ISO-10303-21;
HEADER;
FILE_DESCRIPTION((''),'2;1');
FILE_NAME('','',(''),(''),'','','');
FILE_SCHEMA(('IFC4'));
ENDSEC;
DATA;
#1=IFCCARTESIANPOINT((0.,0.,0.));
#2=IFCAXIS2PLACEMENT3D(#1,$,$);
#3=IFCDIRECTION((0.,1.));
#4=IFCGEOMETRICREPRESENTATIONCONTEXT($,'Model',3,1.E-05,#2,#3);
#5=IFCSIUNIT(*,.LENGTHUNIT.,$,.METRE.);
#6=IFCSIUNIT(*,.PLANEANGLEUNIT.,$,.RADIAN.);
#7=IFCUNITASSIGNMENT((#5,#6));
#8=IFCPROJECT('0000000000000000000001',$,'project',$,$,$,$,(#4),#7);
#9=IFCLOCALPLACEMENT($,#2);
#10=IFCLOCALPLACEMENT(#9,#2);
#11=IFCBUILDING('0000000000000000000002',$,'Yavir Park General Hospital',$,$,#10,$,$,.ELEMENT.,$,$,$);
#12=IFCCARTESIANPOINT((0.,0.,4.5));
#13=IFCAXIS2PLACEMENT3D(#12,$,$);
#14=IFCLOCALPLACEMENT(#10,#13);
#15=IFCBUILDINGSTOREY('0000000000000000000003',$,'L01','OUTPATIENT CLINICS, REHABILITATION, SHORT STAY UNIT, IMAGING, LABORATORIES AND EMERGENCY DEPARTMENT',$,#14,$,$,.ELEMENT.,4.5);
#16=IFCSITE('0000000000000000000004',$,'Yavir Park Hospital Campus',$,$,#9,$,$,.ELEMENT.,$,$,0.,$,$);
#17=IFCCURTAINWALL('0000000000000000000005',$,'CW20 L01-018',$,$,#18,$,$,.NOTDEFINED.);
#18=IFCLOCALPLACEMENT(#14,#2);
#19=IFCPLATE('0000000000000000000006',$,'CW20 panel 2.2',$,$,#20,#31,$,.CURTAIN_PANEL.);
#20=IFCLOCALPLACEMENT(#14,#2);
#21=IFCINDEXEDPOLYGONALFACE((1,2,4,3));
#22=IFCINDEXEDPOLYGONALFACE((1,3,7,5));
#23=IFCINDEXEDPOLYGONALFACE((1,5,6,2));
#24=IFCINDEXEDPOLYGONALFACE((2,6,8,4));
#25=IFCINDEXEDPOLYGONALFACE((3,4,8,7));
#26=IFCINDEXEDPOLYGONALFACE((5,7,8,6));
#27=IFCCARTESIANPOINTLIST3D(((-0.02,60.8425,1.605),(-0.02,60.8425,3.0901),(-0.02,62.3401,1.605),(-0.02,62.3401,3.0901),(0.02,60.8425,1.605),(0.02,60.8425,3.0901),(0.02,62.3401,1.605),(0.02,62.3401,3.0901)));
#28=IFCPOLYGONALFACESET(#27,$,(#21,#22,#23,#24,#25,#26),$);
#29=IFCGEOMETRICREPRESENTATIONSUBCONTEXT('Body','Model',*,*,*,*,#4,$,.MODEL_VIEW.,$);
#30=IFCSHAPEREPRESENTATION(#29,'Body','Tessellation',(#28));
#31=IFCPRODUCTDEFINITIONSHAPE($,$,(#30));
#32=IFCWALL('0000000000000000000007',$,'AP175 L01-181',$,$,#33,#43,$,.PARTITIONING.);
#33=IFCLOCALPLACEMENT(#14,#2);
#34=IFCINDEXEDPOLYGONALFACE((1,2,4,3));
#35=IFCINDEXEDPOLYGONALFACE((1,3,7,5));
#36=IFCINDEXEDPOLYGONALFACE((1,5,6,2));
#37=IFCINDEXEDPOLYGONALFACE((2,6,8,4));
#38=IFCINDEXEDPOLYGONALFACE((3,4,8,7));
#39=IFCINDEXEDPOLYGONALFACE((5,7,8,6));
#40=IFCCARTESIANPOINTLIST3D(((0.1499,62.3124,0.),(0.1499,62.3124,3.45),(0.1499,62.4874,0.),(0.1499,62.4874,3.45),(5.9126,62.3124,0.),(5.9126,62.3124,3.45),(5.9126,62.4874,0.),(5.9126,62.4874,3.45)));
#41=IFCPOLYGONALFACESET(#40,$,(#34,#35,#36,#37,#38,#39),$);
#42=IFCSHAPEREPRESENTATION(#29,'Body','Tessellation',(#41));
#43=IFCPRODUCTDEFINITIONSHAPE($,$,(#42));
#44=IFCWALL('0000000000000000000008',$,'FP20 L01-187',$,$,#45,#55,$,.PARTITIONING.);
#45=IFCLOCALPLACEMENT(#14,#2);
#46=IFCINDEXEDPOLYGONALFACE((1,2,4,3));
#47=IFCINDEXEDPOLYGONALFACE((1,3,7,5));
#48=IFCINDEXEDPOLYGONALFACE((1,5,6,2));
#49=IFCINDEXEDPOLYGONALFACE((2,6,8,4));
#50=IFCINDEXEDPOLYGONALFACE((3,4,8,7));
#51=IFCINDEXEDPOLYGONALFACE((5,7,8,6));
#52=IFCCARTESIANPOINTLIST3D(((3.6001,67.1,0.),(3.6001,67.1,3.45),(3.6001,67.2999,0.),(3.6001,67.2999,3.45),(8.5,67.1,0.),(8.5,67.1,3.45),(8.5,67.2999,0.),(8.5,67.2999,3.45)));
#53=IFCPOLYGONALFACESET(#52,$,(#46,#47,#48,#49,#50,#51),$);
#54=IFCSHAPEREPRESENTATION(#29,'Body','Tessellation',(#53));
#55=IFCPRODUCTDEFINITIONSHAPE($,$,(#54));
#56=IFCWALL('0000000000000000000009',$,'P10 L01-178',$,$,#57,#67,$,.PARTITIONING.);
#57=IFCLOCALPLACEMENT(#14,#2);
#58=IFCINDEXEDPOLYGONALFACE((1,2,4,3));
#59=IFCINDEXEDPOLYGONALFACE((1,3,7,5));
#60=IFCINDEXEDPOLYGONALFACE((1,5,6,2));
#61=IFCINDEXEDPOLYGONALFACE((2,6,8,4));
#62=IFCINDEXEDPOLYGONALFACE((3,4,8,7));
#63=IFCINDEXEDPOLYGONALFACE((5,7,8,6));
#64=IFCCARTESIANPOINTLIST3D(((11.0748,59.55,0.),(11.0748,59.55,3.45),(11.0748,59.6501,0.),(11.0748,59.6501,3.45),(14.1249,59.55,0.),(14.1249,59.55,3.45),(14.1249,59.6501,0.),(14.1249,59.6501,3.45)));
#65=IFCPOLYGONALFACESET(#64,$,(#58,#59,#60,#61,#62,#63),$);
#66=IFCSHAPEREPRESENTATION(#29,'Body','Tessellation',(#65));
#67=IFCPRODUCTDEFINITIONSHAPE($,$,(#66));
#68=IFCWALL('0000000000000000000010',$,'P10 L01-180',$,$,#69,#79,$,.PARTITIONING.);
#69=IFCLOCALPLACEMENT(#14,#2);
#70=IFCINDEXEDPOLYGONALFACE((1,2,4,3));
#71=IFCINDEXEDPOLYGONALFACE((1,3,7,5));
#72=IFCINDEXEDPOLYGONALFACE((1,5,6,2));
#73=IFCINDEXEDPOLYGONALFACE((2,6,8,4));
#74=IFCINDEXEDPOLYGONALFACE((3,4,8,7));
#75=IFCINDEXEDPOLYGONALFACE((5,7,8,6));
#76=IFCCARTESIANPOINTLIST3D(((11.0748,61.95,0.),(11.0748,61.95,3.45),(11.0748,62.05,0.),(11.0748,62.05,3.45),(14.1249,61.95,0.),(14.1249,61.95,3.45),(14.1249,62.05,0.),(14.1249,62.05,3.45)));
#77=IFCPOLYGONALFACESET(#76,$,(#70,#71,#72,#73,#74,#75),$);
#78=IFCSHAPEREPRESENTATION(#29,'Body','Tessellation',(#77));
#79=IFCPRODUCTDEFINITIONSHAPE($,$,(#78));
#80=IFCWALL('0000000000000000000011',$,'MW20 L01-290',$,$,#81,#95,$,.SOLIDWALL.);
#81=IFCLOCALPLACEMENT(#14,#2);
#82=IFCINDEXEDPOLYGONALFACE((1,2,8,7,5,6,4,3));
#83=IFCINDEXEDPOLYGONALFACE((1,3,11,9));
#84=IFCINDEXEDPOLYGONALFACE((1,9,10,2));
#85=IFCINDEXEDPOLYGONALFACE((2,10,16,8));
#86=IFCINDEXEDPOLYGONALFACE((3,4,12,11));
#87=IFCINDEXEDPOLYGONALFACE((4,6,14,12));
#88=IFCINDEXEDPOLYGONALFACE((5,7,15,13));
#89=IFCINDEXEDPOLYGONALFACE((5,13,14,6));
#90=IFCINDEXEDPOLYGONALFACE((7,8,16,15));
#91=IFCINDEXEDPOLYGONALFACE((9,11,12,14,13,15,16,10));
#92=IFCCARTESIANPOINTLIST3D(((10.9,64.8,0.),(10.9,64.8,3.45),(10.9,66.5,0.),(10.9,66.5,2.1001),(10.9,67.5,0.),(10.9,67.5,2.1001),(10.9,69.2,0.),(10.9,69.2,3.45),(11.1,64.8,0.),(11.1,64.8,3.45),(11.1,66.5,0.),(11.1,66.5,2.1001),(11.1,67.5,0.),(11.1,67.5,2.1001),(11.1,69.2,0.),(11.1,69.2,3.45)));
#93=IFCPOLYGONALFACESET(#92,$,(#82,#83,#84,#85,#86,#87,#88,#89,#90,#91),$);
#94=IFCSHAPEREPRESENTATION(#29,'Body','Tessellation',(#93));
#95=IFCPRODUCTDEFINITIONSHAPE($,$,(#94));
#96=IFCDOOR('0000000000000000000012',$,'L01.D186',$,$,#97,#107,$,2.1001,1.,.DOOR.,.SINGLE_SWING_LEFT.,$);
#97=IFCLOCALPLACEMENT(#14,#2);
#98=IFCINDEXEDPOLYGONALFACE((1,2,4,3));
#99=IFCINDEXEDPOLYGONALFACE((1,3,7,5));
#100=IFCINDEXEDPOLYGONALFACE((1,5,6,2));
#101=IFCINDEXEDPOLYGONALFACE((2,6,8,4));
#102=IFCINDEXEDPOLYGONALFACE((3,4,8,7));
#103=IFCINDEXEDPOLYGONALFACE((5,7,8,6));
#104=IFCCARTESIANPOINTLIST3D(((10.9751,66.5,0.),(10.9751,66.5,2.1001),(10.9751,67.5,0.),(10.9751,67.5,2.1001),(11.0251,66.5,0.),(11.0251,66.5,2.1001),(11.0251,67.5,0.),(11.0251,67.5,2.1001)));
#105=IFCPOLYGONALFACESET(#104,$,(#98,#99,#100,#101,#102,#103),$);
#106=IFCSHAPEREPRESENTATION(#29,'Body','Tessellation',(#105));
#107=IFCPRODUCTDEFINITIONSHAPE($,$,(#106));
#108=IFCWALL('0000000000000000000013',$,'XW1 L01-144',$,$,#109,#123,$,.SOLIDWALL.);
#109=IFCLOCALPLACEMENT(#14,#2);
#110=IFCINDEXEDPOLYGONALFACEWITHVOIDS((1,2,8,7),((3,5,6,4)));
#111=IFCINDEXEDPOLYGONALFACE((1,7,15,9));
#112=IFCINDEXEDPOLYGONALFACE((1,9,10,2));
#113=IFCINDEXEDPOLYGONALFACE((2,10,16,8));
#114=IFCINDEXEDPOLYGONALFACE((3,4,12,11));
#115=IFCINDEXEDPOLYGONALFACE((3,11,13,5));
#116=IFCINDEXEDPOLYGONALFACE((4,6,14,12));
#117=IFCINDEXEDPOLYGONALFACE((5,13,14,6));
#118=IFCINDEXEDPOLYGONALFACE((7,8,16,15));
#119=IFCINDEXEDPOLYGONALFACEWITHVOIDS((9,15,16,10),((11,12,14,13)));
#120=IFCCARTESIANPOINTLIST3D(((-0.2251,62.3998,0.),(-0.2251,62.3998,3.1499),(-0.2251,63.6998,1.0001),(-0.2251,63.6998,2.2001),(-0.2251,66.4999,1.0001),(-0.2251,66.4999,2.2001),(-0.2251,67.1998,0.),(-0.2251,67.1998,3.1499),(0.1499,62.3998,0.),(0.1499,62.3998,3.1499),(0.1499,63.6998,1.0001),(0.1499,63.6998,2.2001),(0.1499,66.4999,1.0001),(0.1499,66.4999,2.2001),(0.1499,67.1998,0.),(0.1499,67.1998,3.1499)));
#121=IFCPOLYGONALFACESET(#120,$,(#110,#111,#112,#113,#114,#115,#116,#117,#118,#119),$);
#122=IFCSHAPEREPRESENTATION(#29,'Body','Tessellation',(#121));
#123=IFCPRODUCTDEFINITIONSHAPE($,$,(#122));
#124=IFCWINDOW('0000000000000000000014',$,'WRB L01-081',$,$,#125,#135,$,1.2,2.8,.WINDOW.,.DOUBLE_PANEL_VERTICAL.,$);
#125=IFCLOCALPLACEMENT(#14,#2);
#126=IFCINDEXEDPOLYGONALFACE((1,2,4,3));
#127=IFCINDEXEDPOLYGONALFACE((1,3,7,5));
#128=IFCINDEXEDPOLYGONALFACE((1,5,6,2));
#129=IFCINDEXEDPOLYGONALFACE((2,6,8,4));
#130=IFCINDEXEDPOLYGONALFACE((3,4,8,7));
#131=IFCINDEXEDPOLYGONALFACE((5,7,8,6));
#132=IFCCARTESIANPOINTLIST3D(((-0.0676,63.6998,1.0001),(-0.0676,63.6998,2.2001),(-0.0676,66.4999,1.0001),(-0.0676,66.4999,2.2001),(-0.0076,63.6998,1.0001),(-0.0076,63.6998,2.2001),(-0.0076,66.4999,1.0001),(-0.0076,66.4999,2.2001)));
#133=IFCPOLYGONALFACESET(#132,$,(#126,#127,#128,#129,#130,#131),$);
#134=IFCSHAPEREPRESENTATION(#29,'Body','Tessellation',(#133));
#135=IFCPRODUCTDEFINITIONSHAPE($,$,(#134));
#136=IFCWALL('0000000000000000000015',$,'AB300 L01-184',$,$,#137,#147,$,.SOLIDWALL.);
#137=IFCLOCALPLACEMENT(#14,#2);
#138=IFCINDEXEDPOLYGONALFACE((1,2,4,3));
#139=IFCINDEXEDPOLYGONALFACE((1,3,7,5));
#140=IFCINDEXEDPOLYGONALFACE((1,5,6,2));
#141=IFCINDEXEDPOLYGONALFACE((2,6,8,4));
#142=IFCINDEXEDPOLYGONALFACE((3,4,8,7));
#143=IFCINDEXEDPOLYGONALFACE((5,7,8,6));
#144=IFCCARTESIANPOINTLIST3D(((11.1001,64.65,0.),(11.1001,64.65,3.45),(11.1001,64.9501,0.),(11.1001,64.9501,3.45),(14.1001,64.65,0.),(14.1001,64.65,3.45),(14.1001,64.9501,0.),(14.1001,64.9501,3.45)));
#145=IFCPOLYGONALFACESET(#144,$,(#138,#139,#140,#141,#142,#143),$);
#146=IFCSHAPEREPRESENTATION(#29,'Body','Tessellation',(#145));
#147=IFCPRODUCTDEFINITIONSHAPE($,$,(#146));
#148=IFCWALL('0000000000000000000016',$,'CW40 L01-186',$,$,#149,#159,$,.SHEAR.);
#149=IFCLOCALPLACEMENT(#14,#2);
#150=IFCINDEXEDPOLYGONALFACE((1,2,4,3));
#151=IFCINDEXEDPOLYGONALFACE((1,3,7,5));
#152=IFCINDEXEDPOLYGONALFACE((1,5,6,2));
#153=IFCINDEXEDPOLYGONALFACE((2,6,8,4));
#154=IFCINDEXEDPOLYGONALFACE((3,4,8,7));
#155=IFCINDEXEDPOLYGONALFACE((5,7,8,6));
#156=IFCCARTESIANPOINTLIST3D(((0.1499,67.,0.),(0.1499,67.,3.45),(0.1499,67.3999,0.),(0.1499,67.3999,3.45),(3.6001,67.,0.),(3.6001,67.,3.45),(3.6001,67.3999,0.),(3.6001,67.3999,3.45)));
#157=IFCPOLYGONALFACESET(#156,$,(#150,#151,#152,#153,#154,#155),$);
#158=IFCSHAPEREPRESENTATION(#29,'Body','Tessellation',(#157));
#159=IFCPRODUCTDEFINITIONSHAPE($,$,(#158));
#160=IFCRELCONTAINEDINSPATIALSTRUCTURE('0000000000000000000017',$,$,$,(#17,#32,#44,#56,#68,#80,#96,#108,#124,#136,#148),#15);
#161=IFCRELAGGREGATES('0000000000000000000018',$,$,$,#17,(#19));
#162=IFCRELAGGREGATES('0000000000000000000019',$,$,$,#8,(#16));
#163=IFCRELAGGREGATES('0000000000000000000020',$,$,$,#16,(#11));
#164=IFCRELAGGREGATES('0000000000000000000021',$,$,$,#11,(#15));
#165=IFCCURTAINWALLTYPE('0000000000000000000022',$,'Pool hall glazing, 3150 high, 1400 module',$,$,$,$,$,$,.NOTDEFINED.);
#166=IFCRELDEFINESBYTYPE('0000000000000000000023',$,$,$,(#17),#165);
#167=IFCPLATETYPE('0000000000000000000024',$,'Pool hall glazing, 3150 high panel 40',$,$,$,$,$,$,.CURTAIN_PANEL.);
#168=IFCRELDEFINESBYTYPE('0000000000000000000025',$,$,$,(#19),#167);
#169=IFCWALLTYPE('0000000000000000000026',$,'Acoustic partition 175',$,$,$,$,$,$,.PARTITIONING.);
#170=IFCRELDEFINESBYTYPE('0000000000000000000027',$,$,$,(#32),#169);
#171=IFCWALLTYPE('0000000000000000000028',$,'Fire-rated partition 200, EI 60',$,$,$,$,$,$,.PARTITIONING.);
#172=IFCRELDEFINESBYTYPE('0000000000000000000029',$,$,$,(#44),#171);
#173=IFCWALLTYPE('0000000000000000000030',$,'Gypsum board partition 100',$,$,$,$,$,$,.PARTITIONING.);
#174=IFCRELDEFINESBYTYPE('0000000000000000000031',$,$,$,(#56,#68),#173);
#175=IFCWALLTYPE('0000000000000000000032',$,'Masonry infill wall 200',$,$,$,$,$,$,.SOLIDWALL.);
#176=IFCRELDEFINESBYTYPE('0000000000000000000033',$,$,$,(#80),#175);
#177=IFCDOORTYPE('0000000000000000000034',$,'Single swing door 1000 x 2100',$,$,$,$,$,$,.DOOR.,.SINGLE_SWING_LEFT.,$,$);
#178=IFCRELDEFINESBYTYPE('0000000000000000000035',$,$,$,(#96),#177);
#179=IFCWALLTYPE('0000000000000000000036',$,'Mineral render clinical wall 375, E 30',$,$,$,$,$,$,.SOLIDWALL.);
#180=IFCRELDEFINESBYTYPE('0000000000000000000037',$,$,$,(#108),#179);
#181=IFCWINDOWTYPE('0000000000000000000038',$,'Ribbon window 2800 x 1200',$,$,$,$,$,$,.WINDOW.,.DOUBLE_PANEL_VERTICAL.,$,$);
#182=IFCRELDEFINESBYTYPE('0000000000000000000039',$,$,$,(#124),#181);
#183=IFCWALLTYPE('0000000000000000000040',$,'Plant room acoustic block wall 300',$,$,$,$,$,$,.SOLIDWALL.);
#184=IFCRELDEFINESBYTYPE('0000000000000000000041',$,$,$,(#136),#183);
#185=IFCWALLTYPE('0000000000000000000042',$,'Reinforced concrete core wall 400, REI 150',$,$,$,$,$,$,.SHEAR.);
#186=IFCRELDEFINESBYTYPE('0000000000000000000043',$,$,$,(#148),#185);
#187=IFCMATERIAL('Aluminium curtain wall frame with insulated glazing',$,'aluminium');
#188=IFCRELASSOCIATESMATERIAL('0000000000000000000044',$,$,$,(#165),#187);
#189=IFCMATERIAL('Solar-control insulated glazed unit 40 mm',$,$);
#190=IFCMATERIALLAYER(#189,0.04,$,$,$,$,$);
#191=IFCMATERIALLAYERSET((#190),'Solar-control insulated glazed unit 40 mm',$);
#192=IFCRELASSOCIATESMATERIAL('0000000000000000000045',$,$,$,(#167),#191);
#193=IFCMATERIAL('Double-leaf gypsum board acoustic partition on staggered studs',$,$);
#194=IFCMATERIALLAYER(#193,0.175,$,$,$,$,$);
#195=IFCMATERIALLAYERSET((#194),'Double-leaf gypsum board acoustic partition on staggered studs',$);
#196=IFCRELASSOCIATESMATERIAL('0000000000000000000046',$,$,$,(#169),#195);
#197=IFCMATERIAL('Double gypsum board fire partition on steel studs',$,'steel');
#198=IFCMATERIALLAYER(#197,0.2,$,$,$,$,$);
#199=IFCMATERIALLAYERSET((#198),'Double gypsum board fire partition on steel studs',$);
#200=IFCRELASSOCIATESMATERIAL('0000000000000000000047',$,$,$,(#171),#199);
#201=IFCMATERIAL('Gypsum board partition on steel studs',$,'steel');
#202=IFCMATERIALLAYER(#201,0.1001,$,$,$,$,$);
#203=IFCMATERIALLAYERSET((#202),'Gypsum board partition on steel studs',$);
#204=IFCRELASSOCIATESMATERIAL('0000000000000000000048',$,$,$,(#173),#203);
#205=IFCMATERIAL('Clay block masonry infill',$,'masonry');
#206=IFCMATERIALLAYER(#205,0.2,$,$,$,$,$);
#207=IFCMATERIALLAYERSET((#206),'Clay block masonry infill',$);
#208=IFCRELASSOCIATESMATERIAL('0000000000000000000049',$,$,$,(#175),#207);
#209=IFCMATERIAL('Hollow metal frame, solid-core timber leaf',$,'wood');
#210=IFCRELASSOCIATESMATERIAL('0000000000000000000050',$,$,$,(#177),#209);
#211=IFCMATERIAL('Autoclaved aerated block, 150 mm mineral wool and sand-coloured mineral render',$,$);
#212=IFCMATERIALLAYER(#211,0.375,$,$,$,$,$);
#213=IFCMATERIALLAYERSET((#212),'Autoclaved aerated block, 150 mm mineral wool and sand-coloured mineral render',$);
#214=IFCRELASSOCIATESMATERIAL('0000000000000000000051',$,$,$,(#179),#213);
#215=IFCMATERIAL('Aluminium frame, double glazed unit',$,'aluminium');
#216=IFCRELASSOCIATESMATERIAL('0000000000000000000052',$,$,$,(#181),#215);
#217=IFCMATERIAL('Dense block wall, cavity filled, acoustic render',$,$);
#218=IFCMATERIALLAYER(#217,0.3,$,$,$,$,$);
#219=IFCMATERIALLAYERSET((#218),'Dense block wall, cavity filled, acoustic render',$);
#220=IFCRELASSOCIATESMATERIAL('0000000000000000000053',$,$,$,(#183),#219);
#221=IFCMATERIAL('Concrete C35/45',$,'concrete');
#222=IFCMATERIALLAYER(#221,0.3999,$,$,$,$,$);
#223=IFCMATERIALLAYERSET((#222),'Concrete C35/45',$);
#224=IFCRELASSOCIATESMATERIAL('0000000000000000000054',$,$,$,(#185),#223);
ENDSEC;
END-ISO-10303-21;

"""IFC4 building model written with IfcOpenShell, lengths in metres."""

from ifc_helpers import new_model, si_unit, direction, frame, frame_2d, origin, origin_2d, place, context, subcontext, project, spatial, rectangle, extrude, material, layer, layer_set, type_object, element, fill, aggregate, save


model = new_model("IFC4")

# Units and contexts
model_context = context("Model", 3, precision=1e-05, world=origin(), true_north=direction((0.0, 1.0)))
body_context = subcontext(model_context, "Body", "Model", "MODEL_VIEW")
ifc_project = project(units=[si_unit("LENGTHUNIT", "METRE"), si_unit("PLANEANGLEUNIT", "RADIAN")], contexts=[model_context])

# Site, building, storey
site_placement = place(None, origin())
site = spatial("IfcSite", under=ifc_project, at=site_placement, Name="Yavir Park Hospital Campus", CompositionType="ELEMENT", RefElevation=0.0)
building_placement = place(site_placement, origin())
building = spatial("IfcBuilding", under=site, at=building_placement, Name="Yavir Park General Hospital", CompositionType="ELEMENT")
storey_placement = place(building_placement, frame((0.0, 0.0, 4.5)))
storey = spatial("IfcBuildingStorey", under=building, at=storey_placement, Name="L01", Description="OUTPATIENT CLINICS, REHABILITATION, SHORT STAY UNIT, IMAGING, LABORATORIES AND EMERGENCY DEPARTMENT", CompositionType="ELEMENT", Elevation=4.5)

# Curtain wall
ifc_material_1 = material(Name="Aluminium curtain wall frame with insulated glazing", Category="aluminium")
curtain_wall_type = type_object("IfcCurtainWallType", Name="Pool hall glazing, 3150 high, 1400 module", PredefinedType="NOTDEFINED", material=ifc_material_1)
curtain_wall_placement = place(storey_placement, origin())
curtain_wall = element("IfcCurtainWall", 1, at=curtain_wall_placement, inside=storey, type_object=curtain_wall_type, Name="CW20 L01-018", PredefinedType="NOTDEFINED")

# Plate
ifc_material_2 = material(Name="Solar-control insulated glazed unit 40 mm")
ifc_layer_1 = layer(ifc_material_2, 0.04)
ifc_layer_set_1 = layer_set([ifc_layer_1], Name="Solar-control insulated glazed unit 40 mm")
plate_type = type_object("IfcPlateType", Name="Pool hall glazing, 3150 high panel 40", PredefinedType="CURTAIN_PANEL", material=ifc_layer_set_1)
plate_1_placement = place(storey_placement, frame((0.0, 61.5913, 1.605), z_axis=(0.0, 0.0, 1.0), x_axis=(0.0, 1.0, 0.0)))
plate_1 = element("IfcPlate", 2, at=plate_1_placement, type_object=plate_type, Name="CW20 panel 2.2", PredefinedType="CURTAIN_PANEL", context=body_context, shape_type="SweptSolid", body=[
    extrude(rectangle(XDim=1.4976, YDim=0.04, at=origin_2d()), origin(), (0.0, 0.0, 1.0), 1.4851),
])
aggregate(curtain_wall, [plate_1])

# Walls
ifc_material_3 = material(Name="Double-leaf gypsum board acoustic partition on staggered studs")
ifc_layer_2 = layer(ifc_material_3, 0.175)
ifc_layer_set_2 = layer_set([ifc_layer_2], Name="Double-leaf gypsum board acoustic partition on staggered studs")
wall_type_1 = type_object("IfcWallType", Name="Acoustic partition 175", PredefinedType="PARTITIONING", material=ifc_layer_set_2)
wall_1_placement = place(storey_placement, frame((0.1499, 62.3999, 0.0), z_axis=(0.0, 0.0, 1.0), x_axis=(1.0, 0.0, 0.0)))
element("IfcWall", 3, at=wall_1_placement, inside=storey, type_object=wall_type_1, Name="AP175 L01-181", PredefinedType="PARTITIONING", context=body_context, shape_type="SweptSolid", body=[
    extrude(rectangle(XDim=5.7627, YDim=0.175, at=frame_2d((2.8813, 0.0))), origin(), (0.0, 0.0, 1.0), 3.45),
])
ifc_material_4 = material(Name="Double gypsum board fire partition on steel studs", Category="steel")
ifc_layer_3 = layer(ifc_material_4, 0.2)
ifc_layer_set_3 = layer_set([ifc_layer_3], Name="Double gypsum board fire partition on steel studs")
wall_type_2 = type_object("IfcWallType", Name="Fire-rated partition 200, EI 60", PredefinedType="PARTITIONING", material=ifc_layer_set_3)
wall_2_placement = place(storey_placement, frame((3.6001, 67.2, 0.0), z_axis=(0.0, 0.0, 1.0), x_axis=(1.0, 0.0, 0.0)))
element("IfcWall", 4, at=wall_2_placement, inside=storey, type_object=wall_type_2, Name="FP20 L01-187", PredefinedType="PARTITIONING", context=body_context, shape_type="SweptSolid", body=[
    extrude(rectangle(XDim=4.8999, YDim=0.2, at=frame_2d((2.45, 0.0))), origin(), (0.0, 0.0, 1.0), 3.45),
])

# Walls
ifc_material_5 = material(Name="Gypsum board partition on steel studs", Category="steel")
ifc_layer_4 = layer(ifc_material_5, 0.1001)
ifc_layer_set_4 = layer_set([ifc_layer_4], Name="Gypsum board partition on steel studs")
wall_type_3 = type_object("IfcWallType", Name="Gypsum board partition 100", PredefinedType="PARTITIONING", material=ifc_layer_set_4)
for number, where, z_axis, x_axis, name in (
    (5, (11.075, 59.6001, 0.0), (0.0, 0.0, 1.0), (1.0, 0.0, 0.0), "P10 L01-178"),
    (6, (11.075, 62.0, 0.0), (0.0, 0.0, 1.0), (1.0, 0.0, 0.0), "P10 L01-180"),
):
    element("IfcWall", number, at=place(storey_placement, frame(where, z_axis=z_axis, x_axis=x_axis)), inside=storey, type_object=wall_type_3, Name=name, PredefinedType="PARTITIONING", context=body_context, shape_type="SweptSolid", body=[
        extrude(rectangle(XDim=3.05, YDim=0.1001, at=frame_2d((1.5249, 0.0))), origin(), (0.0, 0.0, 1.0), 3.45),
    ])

# Wall, opening, door
ifc_material_6 = material(Name="Clay block masonry infill", Category="masonry")
ifc_layer_5 = layer(ifc_material_6, 0.2)
ifc_layer_set_5 = layer_set([ifc_layer_5], Name="Clay block masonry infill")
wall_type_4 = type_object("IfcWallType", Name="Masonry infill wall 200", PredefinedType="SOLIDWALL", material=ifc_layer_set_5)
wall_3_placement = place(storey_placement, frame((11.0, 64.8, 0.0), z_axis=(0.0, 0.0, 1.0), x_axis=(0.0, 1.0, 0.0)))
wall_3 = element("IfcWall", 7, at=wall_3_placement, inside=storey, type_object=wall_type_4, Name="MW20 L01-290", PredefinedType="SOLIDWALL", context=body_context, shape_type="SweptSolid", body=[
    extrude(rectangle(XDim=4.3999, YDim=0.2, at=frame_2d((2.2, 0.0))), origin(), (0.0, 0.0, 1.0), 3.45),
])
opening_1_placement = place(wall_3_placement, frame((1.7, 0.0, 0.0)))
opening_1 = element("IfcOpeningElement", 8, at=opening_1_placement, cuts=wall_3, PredefinedType="OPENING", context=body_context, shape_type="SweptSolid", body=[
    extrude(rectangle(XDim=1.0, YDim=2.1001, at=frame_2d((0.5, 1.05))), frame((0.0, 0.1099, 0.0), z_axis=(0.0, -1.0, 0.0), x_axis=(1.0, 0.0, 0.0)), (0.0, 0.0, 1.0), 0.22),
])
ifc_material_7 = material(Name="Hollow metal frame, solid-core timber leaf", Category="wood")
door_type_1 = type_object("IfcDoorType", Name="Single swing door 1000 x 2100", OperationType="SINGLE_SWING_LEFT", PredefinedType="DOOR", material=ifc_material_7)
door_1_placement = place(opening_1_placement, origin())
door_1 = element("IfcDoor", 9, at=door_1_placement, inside=storey, type_object=door_type_1, Name="L01.D186", OperationType="SINGLE_SWING_LEFT", OverallHeight=2.1001, OverallWidth=1.0, PredefinedType="DOOR", context=body_context, shape_type="SweptSolid", body=[
    extrude(rectangle(XDim=1.0, YDim=2.1001, at=frame_2d((0.5, 1.05))), frame((0.0, 0.0249, 0.0), z_axis=(0.0, -1.0, 0.0), x_axis=(1.0, 0.0, 0.0)), (0.0, 0.0, 1.0), 0.05),
])
fill(opening_1, door_1)

# Wall, opening, window
ifc_material_8 = material(Name="Autoclaved aerated block, 150 mm mineral wool and sand-coloured mineral render")
ifc_layer_6 = layer(ifc_material_8, 0.375)
ifc_layer_set_6 = layer_set([ifc_layer_6], Name="Autoclaved aerated block, 150 mm mineral wool and sand-coloured mineral render")
wall_type_5 = type_object("IfcWallType", Name="Mineral render clinical wall 375, E 30", PredefinedType="SOLIDWALL", material=ifc_layer_set_6)
wall_4_placement = place(storey_placement, frame((-0.0376, 62.3999, 0.0), z_axis=(0.0, 0.0, 1.0), x_axis=(0.0, 1.0, 0.0)))
wall_4 = element("IfcWall", 10, at=wall_4_placement, inside=storey, type_object=wall_type_5, Name="XW1 L01-144", PredefinedType="SOLIDWALL", context=body_context, shape_type="SweptSolid", body=[
    extrude(rectangle(XDim=4.8, YDim=0.375, at=frame_2d((2.3999, 0.0))), origin(), (0.0, 0.0, 1.0), 3.1499),
])
opening_2_placement = place(wall_4_placement, frame((1.3, 0.0, 1.0)))
opening_2 = element("IfcOpeningElement", 11, at=opening_2_placement, cuts=wall_4, PredefinedType="OPENING", context=body_context, shape_type="SweptSolid", body=[
    extrude(rectangle(XDim=2.8, YDim=1.2, at=frame_2d((1.3999, 0.6001))), frame((0.0, 0.1975, 0.0), z_axis=(0.0, -1.0, 0.0), x_axis=(1.0, 0.0, 0.0)), (0.0, 0.0, 1.0), 0.395),
])
ifc_material_9 = material(Name="Aluminium frame, double glazed unit", Category="aluminium")
window_type = type_object("IfcWindowType", Name="Ribbon window 2800 x 1200", PartitioningType="DOUBLE_PANEL_VERTICAL", PredefinedType="WINDOW", material=ifc_material_9)
window_placement = place(opening_2_placement, origin())
window = element("IfcWindow", 12, at=window_placement, inside=storey, type_object=window_type, Name="WRB L01-081", OverallHeight=1.2, OverallWidth=2.8, PartitioningType="DOUBLE_PANEL_VERTICAL", PredefinedType="WINDOW", context=body_context, shape_type="SweptSolid", body=[
    extrude(rectangle(XDim=2.8, YDim=1.2, at=frame_2d((1.3999, 0.6001))), frame((0.0, 0.03, 0.0), z_axis=(0.0, -1.0, 0.0), x_axis=(1.0, 0.0, 0.0)), (0.0, 0.0, 1.0), 0.0601),
])
fill(opening_2, window)

# Walls
ifc_material_10 = material(Name="Dense block wall, cavity filled, acoustic render")
ifc_layer_7 = layer(ifc_material_10, 0.3)
ifc_layer_set_7 = layer_set([ifc_layer_7], Name="Dense block wall, cavity filled, acoustic render")
wall_type_6 = type_object("IfcWallType", Name="Plant room acoustic block wall 300", PredefinedType="SOLIDWALL", material=ifc_layer_set_7)
wall_5_placement = place(storey_placement, frame((11.1001, 64.8, 0.0), z_axis=(0.0, 0.0, 1.0), x_axis=(1.0, 0.0, 0.0)))
element("IfcWall", 13, at=wall_5_placement, inside=storey, type_object=wall_type_6, Name="AB300 L01-184", PredefinedType="SOLIDWALL", context=body_context, shape_type="SweptSolid", body=[
    extrude(rectangle(XDim=3.0, YDim=0.3, at=frame_2d((1.5, 0.0))), origin(), (0.0, 0.0, 1.0), 3.45),
])
ifc_material_11 = material(Name="Concrete C35/45", Category="concrete")
ifc_layer_8 = layer(ifc_material_11, 0.3999)
ifc_layer_set_8 = layer_set([ifc_layer_8], Name="Concrete C35/45")
wall_type_7 = type_object("IfcWallType", Name="Reinforced concrete core wall 400, REI 150", PredefinedType="SHEAR", material=ifc_layer_set_8)
wall_6_placement = place(storey_placement, frame((0.1499, 67.2, 0.0), z_axis=(0.0, 0.0, 1.0), x_axis=(1.0, 0.0, 0.0)))
element("IfcWall", 14, at=wall_6_placement, inside=storey, type_object=wall_type_7, Name="CW40 L01-186", PredefinedType="SHEAR", context=body_context, shape_type="SweptSolid", body=[
    extrude(rectangle(XDim=3.4502, YDim=0.3999, at=frame_2d((1.7251, 0.0))), origin(), (0.0, 0.0, 1.0), 3.45),
])

save(model, "model.ifc")
